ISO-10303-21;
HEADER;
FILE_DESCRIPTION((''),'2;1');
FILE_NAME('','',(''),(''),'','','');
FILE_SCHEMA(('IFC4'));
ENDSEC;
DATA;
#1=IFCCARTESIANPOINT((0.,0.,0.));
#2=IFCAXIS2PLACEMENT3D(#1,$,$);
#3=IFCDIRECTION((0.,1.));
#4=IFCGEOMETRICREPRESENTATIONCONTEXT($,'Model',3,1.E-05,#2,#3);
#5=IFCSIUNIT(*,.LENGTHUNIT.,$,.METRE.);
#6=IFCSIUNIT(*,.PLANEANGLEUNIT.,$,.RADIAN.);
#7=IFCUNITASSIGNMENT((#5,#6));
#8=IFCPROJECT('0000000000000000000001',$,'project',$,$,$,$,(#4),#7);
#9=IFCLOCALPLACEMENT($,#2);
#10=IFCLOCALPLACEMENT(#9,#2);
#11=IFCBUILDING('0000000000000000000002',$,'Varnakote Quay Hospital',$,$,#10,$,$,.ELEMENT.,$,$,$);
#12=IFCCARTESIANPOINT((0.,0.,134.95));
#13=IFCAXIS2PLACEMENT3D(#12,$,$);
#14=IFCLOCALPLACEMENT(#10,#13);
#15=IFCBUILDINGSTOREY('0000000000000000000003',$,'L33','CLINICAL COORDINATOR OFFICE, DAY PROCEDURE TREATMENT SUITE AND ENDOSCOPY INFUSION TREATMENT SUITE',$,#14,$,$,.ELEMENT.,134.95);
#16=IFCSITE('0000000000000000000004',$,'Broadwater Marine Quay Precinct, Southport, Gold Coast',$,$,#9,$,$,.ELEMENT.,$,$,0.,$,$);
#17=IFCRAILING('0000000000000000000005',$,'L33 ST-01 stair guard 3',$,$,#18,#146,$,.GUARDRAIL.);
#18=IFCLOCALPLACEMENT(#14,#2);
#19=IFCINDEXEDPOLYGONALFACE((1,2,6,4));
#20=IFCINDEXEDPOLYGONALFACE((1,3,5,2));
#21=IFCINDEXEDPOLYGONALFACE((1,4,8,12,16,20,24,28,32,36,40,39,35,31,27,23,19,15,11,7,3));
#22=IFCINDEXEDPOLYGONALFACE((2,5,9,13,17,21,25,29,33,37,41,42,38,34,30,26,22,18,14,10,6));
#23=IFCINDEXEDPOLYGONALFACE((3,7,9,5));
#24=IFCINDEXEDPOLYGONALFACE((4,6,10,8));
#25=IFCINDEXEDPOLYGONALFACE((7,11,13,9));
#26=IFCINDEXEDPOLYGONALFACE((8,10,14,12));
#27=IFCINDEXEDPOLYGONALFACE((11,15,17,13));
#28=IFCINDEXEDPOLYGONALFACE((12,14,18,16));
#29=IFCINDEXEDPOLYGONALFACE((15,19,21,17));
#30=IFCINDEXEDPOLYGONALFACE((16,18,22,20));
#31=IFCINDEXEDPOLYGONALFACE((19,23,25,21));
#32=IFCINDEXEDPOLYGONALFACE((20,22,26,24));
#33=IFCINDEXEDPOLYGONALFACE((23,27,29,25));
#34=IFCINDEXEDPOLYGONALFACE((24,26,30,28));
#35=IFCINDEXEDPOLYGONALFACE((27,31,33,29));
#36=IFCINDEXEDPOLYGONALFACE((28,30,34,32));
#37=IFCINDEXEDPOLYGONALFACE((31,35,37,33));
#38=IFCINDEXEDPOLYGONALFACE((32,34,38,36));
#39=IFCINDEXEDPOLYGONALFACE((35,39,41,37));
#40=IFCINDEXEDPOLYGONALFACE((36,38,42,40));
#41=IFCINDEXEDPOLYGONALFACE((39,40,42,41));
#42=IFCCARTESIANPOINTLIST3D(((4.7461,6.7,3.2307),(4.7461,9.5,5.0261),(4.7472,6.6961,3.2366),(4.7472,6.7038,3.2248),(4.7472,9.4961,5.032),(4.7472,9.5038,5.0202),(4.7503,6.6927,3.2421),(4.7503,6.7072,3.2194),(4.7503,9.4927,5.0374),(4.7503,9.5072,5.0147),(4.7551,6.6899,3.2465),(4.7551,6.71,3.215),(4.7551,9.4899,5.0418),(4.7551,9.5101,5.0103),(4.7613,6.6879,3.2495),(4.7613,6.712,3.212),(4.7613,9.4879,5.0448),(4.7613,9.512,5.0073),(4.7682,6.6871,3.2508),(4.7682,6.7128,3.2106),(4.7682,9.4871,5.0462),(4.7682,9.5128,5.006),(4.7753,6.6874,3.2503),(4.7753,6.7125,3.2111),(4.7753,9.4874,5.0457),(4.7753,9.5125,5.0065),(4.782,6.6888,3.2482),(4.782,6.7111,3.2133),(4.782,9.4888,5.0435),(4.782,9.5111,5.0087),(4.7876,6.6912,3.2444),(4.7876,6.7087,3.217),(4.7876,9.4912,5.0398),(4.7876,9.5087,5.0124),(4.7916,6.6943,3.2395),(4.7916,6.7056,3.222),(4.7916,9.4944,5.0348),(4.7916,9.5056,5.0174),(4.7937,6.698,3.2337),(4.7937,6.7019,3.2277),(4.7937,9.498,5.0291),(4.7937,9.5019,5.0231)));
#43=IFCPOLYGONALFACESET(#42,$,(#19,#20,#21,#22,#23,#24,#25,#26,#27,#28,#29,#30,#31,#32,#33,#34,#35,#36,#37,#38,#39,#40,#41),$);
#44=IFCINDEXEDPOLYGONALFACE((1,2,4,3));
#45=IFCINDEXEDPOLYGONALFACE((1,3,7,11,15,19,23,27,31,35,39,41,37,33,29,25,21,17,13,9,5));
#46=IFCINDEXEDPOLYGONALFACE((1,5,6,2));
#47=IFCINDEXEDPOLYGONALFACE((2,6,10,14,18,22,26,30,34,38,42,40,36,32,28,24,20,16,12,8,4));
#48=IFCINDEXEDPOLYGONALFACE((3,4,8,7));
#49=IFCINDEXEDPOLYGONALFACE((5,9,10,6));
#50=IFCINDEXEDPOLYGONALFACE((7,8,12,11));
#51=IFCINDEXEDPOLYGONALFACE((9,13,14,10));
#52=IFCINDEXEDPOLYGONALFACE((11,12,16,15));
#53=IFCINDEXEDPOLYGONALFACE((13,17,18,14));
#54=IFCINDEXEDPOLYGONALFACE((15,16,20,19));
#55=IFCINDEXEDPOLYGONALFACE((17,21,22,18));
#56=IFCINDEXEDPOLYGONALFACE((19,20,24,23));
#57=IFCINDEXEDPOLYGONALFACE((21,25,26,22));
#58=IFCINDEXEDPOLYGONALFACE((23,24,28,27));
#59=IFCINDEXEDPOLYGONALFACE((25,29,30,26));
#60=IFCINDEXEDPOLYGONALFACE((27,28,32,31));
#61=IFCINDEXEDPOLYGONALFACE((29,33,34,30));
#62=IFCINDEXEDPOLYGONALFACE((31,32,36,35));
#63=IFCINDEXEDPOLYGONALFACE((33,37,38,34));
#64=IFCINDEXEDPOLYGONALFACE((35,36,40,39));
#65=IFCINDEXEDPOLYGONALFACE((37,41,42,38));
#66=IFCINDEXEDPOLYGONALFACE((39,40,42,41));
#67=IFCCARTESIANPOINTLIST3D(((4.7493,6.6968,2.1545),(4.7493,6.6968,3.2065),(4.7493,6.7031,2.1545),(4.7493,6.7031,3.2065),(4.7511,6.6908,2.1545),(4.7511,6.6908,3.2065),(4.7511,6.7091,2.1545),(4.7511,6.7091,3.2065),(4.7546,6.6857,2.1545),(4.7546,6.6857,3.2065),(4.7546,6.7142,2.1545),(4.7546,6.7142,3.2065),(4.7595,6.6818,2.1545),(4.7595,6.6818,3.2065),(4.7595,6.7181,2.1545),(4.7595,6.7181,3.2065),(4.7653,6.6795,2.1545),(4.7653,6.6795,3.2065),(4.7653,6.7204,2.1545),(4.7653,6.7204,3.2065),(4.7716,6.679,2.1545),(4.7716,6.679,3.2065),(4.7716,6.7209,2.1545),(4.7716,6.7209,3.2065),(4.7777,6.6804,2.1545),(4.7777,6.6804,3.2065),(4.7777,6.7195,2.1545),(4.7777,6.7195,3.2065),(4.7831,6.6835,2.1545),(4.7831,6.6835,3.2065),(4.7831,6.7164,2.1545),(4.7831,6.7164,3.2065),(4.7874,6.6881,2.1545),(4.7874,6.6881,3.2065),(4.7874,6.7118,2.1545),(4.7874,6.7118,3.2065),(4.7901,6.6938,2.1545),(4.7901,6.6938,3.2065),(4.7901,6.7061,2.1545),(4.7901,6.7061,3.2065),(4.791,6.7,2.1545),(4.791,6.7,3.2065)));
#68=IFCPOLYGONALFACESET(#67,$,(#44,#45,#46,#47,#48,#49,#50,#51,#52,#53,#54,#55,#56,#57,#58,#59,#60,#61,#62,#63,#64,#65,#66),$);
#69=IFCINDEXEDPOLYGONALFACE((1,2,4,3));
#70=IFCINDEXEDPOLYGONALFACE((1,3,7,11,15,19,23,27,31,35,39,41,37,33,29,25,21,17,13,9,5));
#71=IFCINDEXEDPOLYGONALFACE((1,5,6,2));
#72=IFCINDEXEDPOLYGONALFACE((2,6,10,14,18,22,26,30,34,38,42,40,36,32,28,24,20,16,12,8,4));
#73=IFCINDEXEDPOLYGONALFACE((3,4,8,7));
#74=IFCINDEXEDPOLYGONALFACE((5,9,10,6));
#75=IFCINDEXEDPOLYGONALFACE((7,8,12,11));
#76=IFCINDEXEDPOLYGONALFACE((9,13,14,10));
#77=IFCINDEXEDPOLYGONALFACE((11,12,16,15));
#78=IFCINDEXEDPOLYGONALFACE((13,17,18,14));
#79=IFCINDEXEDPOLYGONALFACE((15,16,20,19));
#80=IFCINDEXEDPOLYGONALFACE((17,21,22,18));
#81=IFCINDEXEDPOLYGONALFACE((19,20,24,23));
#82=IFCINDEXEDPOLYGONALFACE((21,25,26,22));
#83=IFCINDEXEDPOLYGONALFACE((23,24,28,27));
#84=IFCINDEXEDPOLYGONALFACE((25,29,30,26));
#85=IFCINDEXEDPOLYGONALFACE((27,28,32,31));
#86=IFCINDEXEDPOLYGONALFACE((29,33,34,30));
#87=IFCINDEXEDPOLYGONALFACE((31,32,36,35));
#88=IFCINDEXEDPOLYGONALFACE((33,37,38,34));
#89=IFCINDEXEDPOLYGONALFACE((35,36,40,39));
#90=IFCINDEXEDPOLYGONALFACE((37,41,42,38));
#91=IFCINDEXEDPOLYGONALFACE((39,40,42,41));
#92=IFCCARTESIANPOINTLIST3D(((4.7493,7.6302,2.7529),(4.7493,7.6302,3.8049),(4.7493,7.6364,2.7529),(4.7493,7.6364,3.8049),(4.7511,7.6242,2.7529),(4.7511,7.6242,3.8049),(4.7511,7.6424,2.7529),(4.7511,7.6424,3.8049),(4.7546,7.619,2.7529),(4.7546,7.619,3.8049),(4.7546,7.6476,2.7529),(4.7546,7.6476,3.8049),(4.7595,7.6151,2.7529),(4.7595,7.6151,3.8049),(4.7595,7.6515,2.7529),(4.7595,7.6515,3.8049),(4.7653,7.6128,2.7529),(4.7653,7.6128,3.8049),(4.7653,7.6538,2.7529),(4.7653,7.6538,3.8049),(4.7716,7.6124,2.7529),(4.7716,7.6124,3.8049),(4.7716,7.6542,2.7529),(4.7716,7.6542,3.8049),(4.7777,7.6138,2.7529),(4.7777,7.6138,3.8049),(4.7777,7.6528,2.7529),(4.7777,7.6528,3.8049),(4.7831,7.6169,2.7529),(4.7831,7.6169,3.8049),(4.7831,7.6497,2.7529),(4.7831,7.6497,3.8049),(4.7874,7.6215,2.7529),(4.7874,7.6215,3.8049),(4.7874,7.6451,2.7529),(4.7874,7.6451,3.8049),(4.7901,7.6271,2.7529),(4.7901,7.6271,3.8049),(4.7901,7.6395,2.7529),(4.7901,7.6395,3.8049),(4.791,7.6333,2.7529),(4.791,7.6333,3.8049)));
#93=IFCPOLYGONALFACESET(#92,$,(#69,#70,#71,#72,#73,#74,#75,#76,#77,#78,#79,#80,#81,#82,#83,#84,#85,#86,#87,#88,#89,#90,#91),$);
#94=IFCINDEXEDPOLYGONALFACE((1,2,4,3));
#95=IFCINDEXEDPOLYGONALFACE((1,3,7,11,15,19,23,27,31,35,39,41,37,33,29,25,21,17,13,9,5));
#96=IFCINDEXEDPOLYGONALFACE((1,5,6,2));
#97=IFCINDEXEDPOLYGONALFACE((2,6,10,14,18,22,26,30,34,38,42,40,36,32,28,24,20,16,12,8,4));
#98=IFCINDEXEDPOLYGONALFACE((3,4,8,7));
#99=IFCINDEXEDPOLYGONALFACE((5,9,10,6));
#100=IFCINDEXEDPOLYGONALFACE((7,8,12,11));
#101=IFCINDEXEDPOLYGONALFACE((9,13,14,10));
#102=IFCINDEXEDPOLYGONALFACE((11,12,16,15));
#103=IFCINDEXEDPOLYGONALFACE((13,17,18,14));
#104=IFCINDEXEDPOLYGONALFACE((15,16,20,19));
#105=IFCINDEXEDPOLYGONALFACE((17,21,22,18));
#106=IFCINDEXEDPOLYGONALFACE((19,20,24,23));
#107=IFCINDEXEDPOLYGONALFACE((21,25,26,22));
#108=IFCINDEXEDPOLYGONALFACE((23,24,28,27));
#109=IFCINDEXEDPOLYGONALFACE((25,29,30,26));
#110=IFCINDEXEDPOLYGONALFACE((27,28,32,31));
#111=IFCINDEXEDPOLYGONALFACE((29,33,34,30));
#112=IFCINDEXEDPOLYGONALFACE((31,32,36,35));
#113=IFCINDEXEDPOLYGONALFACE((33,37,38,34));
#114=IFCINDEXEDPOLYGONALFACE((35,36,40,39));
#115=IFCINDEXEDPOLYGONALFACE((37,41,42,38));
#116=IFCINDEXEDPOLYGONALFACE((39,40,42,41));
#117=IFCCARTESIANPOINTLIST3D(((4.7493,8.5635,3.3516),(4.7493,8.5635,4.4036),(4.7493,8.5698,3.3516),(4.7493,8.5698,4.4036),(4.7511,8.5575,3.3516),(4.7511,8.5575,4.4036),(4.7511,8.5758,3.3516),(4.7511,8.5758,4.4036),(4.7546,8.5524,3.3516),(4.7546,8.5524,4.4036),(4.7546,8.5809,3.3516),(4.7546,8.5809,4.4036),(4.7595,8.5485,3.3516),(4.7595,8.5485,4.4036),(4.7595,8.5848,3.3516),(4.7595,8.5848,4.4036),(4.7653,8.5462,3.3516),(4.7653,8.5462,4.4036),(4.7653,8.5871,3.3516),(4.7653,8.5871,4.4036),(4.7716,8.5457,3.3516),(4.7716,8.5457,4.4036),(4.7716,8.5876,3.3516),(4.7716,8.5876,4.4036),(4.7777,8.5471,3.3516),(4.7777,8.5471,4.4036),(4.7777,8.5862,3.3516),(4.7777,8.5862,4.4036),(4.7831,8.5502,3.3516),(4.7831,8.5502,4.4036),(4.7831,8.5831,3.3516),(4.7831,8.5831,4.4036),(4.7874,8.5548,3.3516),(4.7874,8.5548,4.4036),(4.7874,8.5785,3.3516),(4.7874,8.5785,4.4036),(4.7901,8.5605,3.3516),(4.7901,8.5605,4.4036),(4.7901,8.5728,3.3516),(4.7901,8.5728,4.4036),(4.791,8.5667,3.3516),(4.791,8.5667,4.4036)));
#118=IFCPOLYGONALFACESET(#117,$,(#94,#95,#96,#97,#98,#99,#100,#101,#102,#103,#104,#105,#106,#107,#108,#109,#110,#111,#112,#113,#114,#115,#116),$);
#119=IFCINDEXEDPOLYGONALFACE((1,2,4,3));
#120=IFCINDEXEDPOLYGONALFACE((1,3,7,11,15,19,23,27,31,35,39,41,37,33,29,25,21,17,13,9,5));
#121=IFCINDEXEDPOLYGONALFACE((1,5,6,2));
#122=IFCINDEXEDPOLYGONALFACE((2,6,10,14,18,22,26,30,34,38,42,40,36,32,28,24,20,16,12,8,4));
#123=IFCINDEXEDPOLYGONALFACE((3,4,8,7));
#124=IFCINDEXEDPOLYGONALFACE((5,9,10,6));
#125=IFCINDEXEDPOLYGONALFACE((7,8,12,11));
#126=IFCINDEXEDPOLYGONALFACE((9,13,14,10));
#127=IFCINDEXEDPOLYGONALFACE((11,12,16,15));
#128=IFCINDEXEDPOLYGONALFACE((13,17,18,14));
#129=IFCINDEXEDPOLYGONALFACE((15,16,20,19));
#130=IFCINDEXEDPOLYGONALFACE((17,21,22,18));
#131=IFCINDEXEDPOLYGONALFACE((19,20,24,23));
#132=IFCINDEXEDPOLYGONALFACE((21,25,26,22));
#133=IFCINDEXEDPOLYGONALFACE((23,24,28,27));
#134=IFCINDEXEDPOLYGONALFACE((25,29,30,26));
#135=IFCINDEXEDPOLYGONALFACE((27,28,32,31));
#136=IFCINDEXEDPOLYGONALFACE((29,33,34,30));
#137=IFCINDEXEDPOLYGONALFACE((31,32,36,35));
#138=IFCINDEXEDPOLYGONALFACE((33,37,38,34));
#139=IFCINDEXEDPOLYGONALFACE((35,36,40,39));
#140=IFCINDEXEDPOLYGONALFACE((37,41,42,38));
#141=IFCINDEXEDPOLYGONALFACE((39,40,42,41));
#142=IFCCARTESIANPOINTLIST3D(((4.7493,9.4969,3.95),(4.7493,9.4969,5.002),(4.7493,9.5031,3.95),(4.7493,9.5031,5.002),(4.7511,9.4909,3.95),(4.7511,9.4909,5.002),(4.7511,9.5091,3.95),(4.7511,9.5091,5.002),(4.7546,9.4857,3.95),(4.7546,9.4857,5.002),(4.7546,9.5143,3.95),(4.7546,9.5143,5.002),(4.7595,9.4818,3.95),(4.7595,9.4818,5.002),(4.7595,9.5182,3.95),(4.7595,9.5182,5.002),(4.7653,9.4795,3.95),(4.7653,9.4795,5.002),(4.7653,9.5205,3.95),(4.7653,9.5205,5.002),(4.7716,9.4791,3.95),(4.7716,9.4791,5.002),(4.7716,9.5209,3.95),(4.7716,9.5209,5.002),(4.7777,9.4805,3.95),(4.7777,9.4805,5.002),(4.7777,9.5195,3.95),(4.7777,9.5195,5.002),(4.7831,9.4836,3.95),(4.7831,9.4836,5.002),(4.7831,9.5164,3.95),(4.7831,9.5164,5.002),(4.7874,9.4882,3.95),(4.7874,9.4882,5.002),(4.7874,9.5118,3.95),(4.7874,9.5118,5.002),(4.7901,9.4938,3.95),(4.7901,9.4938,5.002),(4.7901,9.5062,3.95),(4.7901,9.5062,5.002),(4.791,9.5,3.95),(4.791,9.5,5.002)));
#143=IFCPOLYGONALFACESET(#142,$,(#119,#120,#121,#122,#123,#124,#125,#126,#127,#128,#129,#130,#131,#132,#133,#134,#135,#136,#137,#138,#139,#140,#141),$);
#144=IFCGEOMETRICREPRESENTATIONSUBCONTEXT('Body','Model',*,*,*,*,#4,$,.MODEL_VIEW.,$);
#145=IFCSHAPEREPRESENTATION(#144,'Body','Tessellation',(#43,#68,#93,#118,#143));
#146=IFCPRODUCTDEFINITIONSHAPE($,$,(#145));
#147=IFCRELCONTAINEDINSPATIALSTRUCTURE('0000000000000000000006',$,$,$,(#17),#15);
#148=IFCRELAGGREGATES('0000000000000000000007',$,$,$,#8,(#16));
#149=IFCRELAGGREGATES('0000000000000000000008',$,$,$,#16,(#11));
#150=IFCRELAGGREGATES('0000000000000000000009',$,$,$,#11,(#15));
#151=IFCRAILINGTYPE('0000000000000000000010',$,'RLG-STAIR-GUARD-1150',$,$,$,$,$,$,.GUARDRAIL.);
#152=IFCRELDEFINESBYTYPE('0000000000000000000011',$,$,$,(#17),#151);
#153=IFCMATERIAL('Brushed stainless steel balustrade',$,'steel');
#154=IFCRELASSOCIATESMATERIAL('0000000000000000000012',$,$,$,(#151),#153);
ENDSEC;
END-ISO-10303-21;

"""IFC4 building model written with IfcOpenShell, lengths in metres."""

from ifc_helpers import new_model, si_unit, direction, frame, origin, origin_2d, place, context, subcontext, project, spatial, circle, extrude, material, type_object, element, save


model = new_model("IFC4")

# Units and contexts
model_context = context("Model", 3, precision=1e-05, world=origin(), true_north=direction((0.0, 1.0)))
body_context = subcontext(model_context, "Body", "Model", "MODEL_VIEW")
ifc_project = project(units=[si_unit("LENGTHUNIT", "METRE"), si_unit("PLANEANGLEUNIT", "RADIAN")], contexts=[model_context])

# Site, building, storey
site_placement = place(None, origin())
site = spatial("IfcSite", under=ifc_project, at=site_placement, Name="Broadwater Marine Quay Precinct, Southport, Gold Coast", CompositionType="ELEMENT", RefElevation=0.0)
building_placement = place(site_placement, origin())
building = spatial("IfcBuilding", under=site, at=building_placement, Name="Varnakote Quay Hospital", CompositionType="ELEMENT")
storey_placement = place(building_placement, frame((0.0, 0.0, 134.95)))
storey = spatial("IfcBuildingStorey", under=building, at=storey_placement, Name="L33", Description="CLINICAL COORDINATOR OFFICE, DAY PROCEDURE TREATMENT SUITE AND ENDOSCOPY INFUSION TREATMENT SUITE", CompositionType="ELEMENT", Elevation=134.95)

# Railing
ifc_material_1 = material(Name="Brushed stainless steel balustrade", Category="steel")
railing_type_1 = type_object("IfcRailingType", Name="RLG-STAIR-GUARD-1150", PredefinedType="GUARDRAIL", material=ifc_material_1)
railing_1_placement = place(storey_placement, frame((4.77, 6.7, 2.1545)))
element("IfcRailing", 1, at=railing_1_placement, inside=storey, type_object=railing_type_1, Name="L33 ST-01 stair guard 3", PredefinedType="GUARDRAIL", context=body_context, shape_type="SweptSolid", body=[
    extrude(circle(Radius=0.0239, at=origin_2d()), frame((0.0, 0.0, 1.0762), z_axis=(0.0, 0.84181, 0.539774), x_axis=(-1.0, 0.0, 0.0)), (0.0, 0.0, 1.0), 3.3262),
    extrude(circle(Radius=0.021, at=origin_2d()), origin(), (0.0, 0.0, 1.0), 1.052),
    extrude(circle(Radius=0.021, at=origin_2d()), frame((0.0, 0.9333, 0.5984)), (0.0, 0.0, 1.0), 1.052),
    extrude(circle(Radius=0.021, at=origin_2d()), frame((0.0, 1.8667, 1.197)), (0.0, 0.0, 1.0), 1.052),
    extrude(circle(Radius=0.021, at=origin_2d()), frame((0.0, 2.8, 1.7954)), (0.0, 0.0, 1.0), 1.052),
])

save(model, "model.ifc")
